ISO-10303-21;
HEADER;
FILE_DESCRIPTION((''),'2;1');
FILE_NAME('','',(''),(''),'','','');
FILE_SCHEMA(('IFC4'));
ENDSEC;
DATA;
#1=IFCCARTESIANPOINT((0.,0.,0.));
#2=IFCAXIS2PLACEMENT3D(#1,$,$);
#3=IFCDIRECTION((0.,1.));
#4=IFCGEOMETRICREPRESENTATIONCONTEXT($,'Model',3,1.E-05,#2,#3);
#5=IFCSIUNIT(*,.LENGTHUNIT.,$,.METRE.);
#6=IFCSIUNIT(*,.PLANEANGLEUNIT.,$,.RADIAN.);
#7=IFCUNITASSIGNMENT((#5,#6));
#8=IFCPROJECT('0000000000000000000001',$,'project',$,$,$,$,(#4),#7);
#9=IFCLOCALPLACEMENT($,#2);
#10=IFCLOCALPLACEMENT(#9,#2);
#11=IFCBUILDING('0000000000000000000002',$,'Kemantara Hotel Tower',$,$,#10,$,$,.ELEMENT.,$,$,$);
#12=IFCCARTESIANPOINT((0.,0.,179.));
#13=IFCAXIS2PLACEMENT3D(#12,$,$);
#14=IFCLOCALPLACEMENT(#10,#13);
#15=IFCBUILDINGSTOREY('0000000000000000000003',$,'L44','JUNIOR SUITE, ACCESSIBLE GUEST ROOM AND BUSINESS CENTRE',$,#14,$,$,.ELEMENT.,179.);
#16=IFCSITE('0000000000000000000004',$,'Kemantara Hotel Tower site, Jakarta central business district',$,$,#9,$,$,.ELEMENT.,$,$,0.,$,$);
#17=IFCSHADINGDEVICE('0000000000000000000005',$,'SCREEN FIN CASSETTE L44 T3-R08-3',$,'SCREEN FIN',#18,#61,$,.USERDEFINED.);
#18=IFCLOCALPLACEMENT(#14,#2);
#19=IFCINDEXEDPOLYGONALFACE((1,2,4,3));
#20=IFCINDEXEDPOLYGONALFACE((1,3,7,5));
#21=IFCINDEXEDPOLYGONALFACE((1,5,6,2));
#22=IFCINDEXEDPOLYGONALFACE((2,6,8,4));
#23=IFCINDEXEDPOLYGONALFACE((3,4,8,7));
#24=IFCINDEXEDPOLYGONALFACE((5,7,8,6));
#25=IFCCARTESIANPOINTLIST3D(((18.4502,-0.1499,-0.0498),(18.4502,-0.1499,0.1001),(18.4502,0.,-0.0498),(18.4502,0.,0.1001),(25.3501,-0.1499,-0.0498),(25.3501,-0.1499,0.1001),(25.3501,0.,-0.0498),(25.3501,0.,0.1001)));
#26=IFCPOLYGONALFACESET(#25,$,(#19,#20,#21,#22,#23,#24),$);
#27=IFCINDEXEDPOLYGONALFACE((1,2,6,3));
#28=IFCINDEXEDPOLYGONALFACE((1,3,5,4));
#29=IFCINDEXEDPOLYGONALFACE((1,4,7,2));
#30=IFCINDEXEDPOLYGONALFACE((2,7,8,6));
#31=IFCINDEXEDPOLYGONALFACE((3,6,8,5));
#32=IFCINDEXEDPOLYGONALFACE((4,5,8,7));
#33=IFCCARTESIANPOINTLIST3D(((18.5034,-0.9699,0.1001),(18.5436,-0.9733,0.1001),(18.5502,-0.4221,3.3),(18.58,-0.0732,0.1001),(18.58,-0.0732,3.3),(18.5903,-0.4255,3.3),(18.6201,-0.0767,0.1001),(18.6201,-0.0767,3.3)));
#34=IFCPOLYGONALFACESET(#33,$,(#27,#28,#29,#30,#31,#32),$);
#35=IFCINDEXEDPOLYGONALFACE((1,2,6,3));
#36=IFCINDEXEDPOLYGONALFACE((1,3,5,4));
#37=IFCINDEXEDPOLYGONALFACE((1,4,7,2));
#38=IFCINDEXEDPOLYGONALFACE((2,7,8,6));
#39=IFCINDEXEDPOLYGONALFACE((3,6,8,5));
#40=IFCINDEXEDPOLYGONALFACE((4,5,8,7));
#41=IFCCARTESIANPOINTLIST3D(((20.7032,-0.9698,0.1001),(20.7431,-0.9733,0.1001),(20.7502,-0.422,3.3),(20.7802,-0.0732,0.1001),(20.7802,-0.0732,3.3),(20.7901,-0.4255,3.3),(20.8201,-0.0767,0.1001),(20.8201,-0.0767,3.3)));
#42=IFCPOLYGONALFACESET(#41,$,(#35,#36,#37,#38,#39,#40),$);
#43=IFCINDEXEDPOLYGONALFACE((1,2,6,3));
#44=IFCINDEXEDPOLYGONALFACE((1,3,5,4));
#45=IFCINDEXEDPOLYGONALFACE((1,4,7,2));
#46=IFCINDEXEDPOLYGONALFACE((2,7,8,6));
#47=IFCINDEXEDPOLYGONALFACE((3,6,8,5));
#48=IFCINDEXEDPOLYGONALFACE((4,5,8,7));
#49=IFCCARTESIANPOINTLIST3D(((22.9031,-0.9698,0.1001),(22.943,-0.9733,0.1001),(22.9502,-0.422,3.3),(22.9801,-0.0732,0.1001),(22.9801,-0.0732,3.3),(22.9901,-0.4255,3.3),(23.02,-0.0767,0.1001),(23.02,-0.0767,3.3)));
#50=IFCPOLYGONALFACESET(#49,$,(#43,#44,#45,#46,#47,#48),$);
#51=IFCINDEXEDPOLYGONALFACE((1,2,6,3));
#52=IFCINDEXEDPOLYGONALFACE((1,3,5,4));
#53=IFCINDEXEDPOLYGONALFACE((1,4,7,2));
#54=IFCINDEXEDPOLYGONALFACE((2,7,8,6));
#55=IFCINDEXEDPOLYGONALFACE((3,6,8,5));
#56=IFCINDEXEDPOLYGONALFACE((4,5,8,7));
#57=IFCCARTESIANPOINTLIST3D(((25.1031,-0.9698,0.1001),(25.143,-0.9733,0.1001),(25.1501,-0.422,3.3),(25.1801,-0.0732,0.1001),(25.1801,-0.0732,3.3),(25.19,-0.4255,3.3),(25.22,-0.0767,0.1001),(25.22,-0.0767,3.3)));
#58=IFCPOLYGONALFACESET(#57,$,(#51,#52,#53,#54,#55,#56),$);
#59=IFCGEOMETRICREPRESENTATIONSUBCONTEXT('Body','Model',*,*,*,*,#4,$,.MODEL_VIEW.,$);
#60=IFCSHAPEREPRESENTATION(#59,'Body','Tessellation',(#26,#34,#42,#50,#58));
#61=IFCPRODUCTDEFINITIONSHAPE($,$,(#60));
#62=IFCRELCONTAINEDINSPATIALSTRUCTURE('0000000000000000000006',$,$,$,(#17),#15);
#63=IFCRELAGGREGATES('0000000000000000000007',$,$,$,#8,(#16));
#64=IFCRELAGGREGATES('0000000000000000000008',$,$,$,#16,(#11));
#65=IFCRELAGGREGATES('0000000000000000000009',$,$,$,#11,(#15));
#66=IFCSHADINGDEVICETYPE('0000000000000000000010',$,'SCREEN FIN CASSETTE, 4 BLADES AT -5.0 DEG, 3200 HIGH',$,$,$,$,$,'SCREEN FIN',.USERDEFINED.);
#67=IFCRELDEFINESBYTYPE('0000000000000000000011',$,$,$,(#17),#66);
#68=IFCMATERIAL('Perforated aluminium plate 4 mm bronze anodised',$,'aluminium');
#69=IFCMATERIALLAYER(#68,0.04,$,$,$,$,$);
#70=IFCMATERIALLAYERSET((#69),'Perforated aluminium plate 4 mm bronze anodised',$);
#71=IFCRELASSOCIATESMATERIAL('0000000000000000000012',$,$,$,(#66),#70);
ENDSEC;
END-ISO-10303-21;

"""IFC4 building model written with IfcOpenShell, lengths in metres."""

from ifc_helpers import new_model, si_unit, direction, frame, origin, origin_2d, place, context, subcontext, project, spatial, polyline, rectangle, outline, extrude, source, transform, mapped, material, layer, layer_set, type_object, element, save


model = new_model("IFC4")

# Units and contexts
model_context = context("Model", 3, precision=1e-05, world=origin(), true_north=direction((0.0, 1.0)))
body_context = subcontext(model_context, "Body", "Model", "MODEL_VIEW")
ifc_project = project(units=[si_unit("LENGTHUNIT", "METRE"), si_unit("PLANEANGLEUNIT", "RADIAN")], contexts=[model_context])

# Site, building, storey
site_placement = place(None, origin())
site = spatial("IfcSite", under=ifc_project, at=site_placement, Name="Kemantara Hotel Tower site, Jakarta central business district", CompositionType="ELEMENT", RefElevation=0.0)
building_placement = place(site_placement, origin())
building = spatial("IfcBuilding", under=site, at=building_placement, Name="Kemantara Hotel Tower", CompositionType="ELEMENT")
storey_placement = place(building_placement, frame((0.0, 0.0, 179.0)))
storey = spatial("IfcBuildingStorey", under=building, at=storey_placement, Name="L44", Description="JUNIOR SUITE, ACCESSIBLE GUEST ROOM AND BUSINESS CENTRE", CompositionType="ELEMENT", Elevation=179.0)

# Shading device
ifc_material_1 = material(Name="Perforated aluminium plate 4 mm bronze anodised", Category="aluminium")
ifc_layer_1 = layer(ifc_material_1, 0.04)
ifc_layer_set_1 = layer_set([ifc_layer_1], Name="Perforated aluminium plate 4 mm bronze anodised")
shading_device_type = type_object("IfcShadingDeviceType", Name="SCREEN FIN CASSETTE, 4 BLADES AT -5.0 DEG, 3200 HIGH", ElementType="SCREEN FIN", PredefinedType="USERDEFINED", material=ifc_layer_set_1)
shared_shape = source(origin(), body_context, "Body", "SweptSolid", [
    extrude(rectangle(XDim=6.8999, YDim=0.1499, at=origin_2d()), frame((3.3, -0.075, -0.1499), z_axis=(0.0, 0.0, 1.0), x_axis=(1.0, 0.0, 0.0)), (0.0, 0.0, 1.0), 0.1499),
    extrude(outline(polyline([(0.0, 0.0), (0.8999, 0.0), (0.3501, 3.2), (0.0, 3.2), (0.0, 0.0)])), frame((0.02, -0.0767, 0.0), z_axis=(-0.996376, 0.085056, 0.0), x_axis=(-0.085056, -0.996376, 0.0)), (0.0, 0.0, 1.0), 0.0403),
    extrude(outline(polyline([(0.0, 0.0), (0.8999, 0.0), (0.3501, 3.2), (0.0, 3.2), (0.0, 0.0)])), frame((2.22, -0.0767, 0.0), z_axis=(-0.996332, 0.085575, 0.0), x_axis=(-0.085575, -0.996332, 0.0)), (0.0, 0.0, 1.0), 0.04),
    extrude(outline(polyline([(0.0, 0.0), (0.8999, 0.0), (0.3501, 3.2), (0.0, 3.2), (0.0, 0.0)])), frame((4.4199, -0.0767, 0.0), z_axis=(-0.996332, 0.085575, 0.0), x_axis=(-0.085575, -0.996332, 0.0)), (0.0, 0.0, 1.0), 0.04),
    extrude(outline(polyline([(0.0, 0.0), (0.8999, 0.0), (0.3501, 3.2), (0.0, 3.2), (0.0, 0.0)])), frame((6.6199, -0.0767, 0.0), z_axis=(-0.996332, 0.085575, 0.0), x_axis=(-0.085575, -0.996332, 0.0)), (0.0, 0.0, 1.0), 0.04),
])
shading_device_placement = place(storey_placement, frame((18.6001, 0.0, 0.1001), z_axis=(0.0, 0.0, 1.0), x_axis=(1.0, 0.0, 0.0)))
element("IfcShadingDevice", 1, at=shading_device_placement, inside=storey, type_object=shading_device_type, Name="SCREEN FIN CASSETTE L44 T3-R08-3", ObjectType="SCREEN FIN", PredefinedType="USERDEFINED", context=body_context, shape_type="MappedRepresentation", body=[
    mapped(shared_shape, transform((0.0, 0.0, 0.0))),
])

save(model, "model.ifc")
